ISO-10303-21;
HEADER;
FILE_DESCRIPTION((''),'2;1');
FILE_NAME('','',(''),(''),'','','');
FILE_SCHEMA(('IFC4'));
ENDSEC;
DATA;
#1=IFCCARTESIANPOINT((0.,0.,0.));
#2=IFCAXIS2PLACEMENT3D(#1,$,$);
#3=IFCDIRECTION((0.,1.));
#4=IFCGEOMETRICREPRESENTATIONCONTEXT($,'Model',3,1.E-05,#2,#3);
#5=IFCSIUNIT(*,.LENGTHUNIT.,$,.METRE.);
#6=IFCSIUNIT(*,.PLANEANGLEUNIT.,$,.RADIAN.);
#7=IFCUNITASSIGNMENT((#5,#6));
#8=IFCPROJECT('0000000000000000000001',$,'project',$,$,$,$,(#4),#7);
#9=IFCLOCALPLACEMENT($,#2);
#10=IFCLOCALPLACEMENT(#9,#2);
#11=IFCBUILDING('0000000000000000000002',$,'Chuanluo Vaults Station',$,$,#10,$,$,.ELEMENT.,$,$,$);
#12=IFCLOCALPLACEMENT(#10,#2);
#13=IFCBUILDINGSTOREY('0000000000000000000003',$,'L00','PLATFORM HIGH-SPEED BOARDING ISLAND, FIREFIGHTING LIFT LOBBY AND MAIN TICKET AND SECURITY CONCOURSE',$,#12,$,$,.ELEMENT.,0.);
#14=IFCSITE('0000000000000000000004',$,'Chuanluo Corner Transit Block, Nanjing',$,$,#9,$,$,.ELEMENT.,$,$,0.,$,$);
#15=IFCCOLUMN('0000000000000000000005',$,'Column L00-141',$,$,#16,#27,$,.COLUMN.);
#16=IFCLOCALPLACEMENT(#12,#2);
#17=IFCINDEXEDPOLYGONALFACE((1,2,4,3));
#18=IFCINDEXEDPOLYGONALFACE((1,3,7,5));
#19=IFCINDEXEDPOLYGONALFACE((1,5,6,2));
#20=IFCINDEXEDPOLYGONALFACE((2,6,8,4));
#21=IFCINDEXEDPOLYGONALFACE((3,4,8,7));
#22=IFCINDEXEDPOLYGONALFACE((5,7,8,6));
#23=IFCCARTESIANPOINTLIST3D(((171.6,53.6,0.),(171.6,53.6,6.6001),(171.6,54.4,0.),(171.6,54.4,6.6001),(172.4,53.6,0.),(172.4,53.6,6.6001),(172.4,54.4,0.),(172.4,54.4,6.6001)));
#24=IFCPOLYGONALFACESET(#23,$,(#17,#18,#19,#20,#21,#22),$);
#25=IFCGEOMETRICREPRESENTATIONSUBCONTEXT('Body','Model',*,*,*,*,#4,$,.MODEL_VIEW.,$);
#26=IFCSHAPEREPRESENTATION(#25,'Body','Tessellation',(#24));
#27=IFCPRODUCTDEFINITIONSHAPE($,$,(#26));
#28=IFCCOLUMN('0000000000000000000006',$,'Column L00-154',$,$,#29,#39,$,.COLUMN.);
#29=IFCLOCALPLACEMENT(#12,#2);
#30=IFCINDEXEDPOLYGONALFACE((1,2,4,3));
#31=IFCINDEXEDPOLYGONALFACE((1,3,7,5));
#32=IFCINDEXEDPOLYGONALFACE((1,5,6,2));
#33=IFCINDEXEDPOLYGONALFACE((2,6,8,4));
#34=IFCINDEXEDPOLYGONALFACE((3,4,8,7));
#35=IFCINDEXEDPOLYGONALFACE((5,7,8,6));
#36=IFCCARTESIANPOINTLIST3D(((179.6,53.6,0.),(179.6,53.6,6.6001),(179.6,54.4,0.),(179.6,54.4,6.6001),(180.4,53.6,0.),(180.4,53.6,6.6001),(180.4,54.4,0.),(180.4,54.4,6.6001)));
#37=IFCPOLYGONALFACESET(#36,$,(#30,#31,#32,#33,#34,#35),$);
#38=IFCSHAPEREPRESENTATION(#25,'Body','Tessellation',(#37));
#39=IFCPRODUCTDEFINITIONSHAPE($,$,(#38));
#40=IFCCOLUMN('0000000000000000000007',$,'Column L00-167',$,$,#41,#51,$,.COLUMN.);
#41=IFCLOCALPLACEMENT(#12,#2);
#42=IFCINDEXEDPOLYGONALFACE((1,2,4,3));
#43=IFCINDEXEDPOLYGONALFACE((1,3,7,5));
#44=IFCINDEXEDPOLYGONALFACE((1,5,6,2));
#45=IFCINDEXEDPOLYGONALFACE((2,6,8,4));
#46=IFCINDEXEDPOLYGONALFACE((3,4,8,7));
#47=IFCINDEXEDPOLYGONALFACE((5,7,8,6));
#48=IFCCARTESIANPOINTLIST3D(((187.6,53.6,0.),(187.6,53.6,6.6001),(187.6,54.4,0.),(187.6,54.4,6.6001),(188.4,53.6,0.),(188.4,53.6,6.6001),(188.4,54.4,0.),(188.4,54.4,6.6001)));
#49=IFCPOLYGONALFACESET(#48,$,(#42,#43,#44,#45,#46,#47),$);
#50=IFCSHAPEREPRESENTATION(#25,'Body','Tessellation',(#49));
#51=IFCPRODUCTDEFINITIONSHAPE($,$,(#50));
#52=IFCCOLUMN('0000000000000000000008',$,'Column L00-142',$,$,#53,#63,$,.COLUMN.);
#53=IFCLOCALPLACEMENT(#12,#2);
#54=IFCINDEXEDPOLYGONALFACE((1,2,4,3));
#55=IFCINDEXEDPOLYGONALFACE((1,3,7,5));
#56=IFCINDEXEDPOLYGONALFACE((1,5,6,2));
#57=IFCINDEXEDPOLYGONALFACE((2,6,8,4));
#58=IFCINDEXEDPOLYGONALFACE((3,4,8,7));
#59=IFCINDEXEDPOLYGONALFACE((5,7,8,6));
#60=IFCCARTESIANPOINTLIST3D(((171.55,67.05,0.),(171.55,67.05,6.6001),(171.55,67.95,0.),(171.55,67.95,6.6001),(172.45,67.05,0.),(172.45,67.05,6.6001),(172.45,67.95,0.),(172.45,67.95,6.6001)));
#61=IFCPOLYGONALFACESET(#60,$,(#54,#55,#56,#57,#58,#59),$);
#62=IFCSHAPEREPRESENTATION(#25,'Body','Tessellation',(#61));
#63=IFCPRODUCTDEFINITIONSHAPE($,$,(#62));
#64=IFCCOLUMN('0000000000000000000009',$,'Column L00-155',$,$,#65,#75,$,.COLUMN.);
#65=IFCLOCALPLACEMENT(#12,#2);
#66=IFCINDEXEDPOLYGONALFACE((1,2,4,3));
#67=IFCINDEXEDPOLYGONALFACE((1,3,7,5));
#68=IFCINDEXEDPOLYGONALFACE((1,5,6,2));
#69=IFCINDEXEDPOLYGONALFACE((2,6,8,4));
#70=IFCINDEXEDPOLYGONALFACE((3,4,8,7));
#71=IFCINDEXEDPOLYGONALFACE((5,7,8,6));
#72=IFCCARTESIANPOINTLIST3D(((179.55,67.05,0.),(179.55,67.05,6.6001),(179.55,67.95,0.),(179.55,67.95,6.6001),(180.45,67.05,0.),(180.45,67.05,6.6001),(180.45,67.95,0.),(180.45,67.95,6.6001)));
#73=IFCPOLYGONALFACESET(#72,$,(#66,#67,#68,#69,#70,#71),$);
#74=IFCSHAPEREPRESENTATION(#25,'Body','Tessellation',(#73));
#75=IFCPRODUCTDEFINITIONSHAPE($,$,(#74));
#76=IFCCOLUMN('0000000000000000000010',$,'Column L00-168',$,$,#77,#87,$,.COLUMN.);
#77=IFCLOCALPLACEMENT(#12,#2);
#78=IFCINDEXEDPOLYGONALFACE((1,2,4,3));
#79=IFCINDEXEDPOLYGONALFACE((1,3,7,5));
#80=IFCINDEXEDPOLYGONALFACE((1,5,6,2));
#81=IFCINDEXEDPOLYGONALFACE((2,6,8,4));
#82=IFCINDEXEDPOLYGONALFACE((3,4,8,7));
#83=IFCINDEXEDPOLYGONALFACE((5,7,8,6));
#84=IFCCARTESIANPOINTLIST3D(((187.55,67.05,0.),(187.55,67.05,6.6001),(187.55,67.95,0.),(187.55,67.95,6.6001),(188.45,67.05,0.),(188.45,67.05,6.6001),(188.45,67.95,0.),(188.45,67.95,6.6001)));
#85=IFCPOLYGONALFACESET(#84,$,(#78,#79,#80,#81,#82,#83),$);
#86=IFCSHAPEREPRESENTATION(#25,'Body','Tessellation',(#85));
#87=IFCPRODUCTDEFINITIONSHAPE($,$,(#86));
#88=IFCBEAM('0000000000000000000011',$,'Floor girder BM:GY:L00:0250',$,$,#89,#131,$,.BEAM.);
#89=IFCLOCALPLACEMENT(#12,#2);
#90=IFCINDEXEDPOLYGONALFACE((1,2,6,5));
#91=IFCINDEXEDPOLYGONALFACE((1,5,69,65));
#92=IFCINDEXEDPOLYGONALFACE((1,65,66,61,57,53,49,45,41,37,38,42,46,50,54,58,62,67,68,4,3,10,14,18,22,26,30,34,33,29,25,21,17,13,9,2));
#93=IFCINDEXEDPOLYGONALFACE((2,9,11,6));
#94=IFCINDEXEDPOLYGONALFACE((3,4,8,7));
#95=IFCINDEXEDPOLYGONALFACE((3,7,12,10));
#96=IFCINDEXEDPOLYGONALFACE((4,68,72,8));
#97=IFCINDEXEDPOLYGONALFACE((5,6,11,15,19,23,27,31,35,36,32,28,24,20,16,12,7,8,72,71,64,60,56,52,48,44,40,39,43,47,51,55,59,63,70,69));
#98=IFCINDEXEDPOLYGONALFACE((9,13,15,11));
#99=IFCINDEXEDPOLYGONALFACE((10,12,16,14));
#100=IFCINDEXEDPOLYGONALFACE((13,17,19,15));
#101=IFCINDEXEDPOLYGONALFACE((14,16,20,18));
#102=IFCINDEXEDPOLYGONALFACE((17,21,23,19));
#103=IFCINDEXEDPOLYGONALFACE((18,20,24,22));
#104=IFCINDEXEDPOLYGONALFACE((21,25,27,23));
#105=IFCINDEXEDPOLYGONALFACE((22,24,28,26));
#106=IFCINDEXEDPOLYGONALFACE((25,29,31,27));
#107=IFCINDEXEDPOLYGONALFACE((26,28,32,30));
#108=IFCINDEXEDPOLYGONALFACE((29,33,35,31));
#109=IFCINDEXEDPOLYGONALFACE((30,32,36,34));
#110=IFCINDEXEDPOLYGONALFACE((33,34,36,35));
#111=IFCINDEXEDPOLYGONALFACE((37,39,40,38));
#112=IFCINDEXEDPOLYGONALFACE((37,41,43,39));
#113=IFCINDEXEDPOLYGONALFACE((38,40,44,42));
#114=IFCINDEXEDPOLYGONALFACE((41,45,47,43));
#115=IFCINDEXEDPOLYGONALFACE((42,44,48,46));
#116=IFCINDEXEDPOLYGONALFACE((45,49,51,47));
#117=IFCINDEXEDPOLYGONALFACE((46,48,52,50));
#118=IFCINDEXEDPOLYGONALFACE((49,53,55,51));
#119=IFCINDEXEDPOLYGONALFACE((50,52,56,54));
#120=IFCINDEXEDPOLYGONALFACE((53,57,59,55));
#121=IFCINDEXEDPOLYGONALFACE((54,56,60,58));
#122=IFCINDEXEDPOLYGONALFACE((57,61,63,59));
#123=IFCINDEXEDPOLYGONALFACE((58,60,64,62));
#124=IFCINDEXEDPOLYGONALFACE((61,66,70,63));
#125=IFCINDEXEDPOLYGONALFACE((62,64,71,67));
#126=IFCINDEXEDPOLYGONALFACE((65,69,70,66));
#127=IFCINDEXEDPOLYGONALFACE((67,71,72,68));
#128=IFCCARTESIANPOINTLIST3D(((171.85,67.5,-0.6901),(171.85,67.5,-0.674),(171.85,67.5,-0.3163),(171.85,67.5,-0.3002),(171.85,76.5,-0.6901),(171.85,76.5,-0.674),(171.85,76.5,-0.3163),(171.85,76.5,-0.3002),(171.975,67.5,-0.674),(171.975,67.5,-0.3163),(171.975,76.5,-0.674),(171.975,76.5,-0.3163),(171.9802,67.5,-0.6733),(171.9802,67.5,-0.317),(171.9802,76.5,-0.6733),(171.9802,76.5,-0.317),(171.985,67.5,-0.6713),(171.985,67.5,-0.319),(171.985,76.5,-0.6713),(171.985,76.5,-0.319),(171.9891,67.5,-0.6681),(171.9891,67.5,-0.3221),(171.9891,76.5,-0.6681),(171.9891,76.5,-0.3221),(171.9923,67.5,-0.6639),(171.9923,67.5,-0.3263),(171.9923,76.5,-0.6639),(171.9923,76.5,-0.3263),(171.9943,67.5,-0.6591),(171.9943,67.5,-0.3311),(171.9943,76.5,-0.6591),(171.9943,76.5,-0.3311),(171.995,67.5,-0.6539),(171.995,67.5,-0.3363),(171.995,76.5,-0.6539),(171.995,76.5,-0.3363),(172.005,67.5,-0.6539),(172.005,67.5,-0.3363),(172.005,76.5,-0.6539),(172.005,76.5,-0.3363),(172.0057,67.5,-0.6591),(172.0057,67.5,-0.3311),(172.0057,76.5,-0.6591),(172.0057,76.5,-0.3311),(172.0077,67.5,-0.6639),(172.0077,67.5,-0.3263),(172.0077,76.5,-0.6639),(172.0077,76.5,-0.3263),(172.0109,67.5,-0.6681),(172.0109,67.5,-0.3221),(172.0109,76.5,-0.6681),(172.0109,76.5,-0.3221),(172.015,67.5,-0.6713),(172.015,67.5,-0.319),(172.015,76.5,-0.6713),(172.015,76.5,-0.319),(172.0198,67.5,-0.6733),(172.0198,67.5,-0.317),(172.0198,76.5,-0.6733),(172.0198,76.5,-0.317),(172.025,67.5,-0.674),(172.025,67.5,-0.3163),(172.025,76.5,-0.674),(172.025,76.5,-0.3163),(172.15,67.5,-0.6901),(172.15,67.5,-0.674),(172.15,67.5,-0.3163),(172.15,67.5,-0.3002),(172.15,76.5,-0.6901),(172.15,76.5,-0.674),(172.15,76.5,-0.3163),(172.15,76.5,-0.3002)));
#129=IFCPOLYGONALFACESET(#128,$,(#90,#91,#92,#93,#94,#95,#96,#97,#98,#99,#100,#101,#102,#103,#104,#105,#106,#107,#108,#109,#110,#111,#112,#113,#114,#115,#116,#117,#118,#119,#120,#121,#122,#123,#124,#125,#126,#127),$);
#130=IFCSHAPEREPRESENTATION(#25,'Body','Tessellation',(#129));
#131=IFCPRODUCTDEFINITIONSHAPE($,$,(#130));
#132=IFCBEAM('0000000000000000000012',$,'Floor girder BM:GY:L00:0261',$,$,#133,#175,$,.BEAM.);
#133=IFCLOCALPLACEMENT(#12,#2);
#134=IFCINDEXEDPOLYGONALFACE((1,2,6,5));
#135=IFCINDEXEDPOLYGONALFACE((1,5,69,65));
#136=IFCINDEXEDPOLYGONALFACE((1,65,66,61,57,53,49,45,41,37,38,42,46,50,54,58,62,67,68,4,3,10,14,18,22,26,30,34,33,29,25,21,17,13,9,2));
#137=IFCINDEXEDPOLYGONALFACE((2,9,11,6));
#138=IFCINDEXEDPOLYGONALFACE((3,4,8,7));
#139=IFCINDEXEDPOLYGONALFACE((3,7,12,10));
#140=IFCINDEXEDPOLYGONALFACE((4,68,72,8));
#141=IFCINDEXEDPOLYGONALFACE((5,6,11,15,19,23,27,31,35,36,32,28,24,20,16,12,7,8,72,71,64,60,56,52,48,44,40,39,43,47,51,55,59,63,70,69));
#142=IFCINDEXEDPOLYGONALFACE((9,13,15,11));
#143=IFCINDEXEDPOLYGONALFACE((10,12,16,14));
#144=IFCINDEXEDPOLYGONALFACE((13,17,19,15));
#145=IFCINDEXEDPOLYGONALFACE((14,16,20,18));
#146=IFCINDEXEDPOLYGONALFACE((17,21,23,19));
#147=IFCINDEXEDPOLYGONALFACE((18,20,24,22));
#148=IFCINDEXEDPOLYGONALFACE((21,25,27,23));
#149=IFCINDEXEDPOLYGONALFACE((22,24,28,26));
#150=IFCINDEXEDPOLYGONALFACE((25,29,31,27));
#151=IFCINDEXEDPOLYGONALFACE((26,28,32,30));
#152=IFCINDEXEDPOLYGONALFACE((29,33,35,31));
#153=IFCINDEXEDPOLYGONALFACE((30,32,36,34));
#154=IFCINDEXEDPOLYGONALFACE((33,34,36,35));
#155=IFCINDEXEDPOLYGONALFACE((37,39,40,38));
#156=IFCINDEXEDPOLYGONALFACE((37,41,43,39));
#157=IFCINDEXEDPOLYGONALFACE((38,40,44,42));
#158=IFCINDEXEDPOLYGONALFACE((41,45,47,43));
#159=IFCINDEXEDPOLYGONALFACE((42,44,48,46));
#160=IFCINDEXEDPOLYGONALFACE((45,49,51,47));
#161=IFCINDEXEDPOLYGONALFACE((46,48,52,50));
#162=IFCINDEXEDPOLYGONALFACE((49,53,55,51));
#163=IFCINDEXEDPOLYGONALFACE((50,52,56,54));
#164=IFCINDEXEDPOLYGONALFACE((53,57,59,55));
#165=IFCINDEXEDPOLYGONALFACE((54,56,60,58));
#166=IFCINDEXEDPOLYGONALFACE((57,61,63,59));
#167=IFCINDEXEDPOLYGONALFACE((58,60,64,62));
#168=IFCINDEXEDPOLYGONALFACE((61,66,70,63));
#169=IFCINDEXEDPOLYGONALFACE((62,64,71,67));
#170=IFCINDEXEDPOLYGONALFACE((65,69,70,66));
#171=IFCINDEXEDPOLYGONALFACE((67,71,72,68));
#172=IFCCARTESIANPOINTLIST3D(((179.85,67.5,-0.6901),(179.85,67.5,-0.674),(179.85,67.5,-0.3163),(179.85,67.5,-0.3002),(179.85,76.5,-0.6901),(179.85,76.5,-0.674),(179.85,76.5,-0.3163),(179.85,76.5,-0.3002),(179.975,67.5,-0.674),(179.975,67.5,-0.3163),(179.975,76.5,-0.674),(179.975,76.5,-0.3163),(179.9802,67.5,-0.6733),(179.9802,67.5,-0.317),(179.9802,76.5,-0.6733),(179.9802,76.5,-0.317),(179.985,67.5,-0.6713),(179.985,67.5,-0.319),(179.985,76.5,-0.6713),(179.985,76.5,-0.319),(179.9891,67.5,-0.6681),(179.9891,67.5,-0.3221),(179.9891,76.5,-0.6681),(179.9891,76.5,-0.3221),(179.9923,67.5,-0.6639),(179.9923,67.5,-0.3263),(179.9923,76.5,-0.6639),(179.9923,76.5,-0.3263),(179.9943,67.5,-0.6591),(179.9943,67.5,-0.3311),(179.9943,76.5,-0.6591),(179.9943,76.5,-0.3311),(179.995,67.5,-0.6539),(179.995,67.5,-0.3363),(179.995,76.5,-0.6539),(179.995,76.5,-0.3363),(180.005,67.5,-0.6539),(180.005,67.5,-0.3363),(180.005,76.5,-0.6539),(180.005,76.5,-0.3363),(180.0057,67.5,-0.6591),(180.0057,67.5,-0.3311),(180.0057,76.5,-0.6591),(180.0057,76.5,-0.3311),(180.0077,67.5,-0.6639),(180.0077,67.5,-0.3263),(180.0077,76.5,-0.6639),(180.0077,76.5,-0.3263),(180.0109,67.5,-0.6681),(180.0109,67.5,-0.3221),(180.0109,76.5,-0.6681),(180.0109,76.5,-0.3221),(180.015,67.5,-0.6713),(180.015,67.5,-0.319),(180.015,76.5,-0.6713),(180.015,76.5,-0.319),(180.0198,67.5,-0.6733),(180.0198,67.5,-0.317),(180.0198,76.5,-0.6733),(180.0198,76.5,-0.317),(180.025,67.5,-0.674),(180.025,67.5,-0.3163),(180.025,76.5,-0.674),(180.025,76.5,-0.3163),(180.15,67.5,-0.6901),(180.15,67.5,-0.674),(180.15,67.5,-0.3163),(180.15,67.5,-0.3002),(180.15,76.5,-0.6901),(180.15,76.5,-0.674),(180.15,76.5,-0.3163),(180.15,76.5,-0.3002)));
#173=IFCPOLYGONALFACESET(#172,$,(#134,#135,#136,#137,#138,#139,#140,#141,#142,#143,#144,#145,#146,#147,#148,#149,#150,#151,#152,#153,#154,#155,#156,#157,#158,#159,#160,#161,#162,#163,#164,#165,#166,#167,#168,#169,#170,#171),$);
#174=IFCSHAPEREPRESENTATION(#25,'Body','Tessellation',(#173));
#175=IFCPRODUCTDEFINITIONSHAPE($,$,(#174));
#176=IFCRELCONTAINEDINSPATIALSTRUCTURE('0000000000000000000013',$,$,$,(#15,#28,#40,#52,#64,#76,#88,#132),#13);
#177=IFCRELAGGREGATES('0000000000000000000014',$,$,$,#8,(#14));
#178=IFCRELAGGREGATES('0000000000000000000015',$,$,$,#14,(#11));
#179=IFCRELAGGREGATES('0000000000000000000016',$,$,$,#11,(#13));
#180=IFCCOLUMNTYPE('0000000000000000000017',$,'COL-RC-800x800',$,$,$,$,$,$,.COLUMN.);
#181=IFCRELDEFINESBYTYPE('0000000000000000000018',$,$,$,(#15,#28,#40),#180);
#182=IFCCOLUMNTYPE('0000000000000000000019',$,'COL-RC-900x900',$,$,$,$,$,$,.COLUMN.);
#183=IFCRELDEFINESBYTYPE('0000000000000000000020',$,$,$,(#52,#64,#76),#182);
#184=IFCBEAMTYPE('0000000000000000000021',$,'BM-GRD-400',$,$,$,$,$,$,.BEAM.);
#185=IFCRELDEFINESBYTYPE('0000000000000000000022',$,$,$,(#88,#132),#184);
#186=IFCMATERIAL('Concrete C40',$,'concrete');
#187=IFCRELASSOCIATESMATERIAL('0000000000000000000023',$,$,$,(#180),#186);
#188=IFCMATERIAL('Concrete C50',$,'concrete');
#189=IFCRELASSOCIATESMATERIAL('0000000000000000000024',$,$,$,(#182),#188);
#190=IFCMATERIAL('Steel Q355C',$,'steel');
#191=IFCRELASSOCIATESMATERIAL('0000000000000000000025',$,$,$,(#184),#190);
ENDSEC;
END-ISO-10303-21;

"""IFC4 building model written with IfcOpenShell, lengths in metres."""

from ifc_helpers import new_model, si_unit, direction, frame, origin, origin_2d, place, context, subcontext, project, spatial, rectangle, i_section, extrude, material, material_profile, profile_set, type_object, element, save


model = new_model("IFC4")

# Units and contexts
model_context = context("Model", 3, precision=1e-05, world=origin(), true_north=direction((0.0, 1.0)))
body_context = subcontext(model_context, "Body", "Model", "MODEL_VIEW")
ifc_project = project(units=[si_unit("LENGTHUNIT", "METRE"), si_unit("PLANEANGLEUNIT", "RADIAN")], contexts=[model_context])

# Site, building, storey
site_placement = place(None, origin())
site = spatial("IfcSite", under=ifc_project, at=site_placement, Name="Chuanluo Corner Transit Block, Nanjing", CompositionType="ELEMENT", RefElevation=0.0)
building_placement = place(site_placement, origin())
building = spatial("IfcBuilding", under=site, at=building_placement, Name="Chuanluo Vaults Station", CompositionType="ELEMENT")
storey_placement = place(building_placement, origin())
storey = spatial("IfcBuildingStorey", under=building, at=storey_placement, Name="L00", Description="PLATFORM HIGH-SPEED BOARDING ISLAND, FIREFIGHTING LIFT LOBBY AND MAIN TICKET AND SECURITY CONCOURSE", CompositionType="ELEMENT", Elevation=0.0)

# Columns
ifc_material_1 = material(Name="Concrete C40", Category="concrete")
ifc_material_profile_1 = material_profile(ifc_material_1, rectangle(XDim=0.8, YDim=0.8, at=origin_2d()))
ifc_profile_set_1 = profile_set([ifc_material_profile_1], Name="Concrete C40")
column_type_1 = type_object("IfcColumnType", Name="COL-RC-800x800", PredefinedType="COLUMN", material=ifc_profile_set_1)
for number, where, z_axis, x_axis, name in (
    (1, (172.0, 54.0, 0.0), (0.0, 0.0, 1.0), (1.0, 0.0, 0.0), "Column L00-141"),
    (2, (180.0, 54.0, 0.0), (0.0, 0.0, 1.0), (1.0, 0.0, 0.0), "Column L00-154"),
    (3, (188.0, 54.0, 0.0), (0.0, 0.0, 1.0), (1.0, 0.0, 0.0), "Column L00-167"),
):
    element("IfcColumn", number, at=place(storey_placement, frame(where, z_axis=z_axis, x_axis=x_axis)), inside=storey, type_object=column_type_1, Name=name, PredefinedType="COLUMN", context=body_context, shape_type="SweptSolid", body=[
        extrude(rectangle(XDim=0.8, YDim=0.8, at=origin_2d()), origin(), (0.0, 0.0, 1.0), 6.6001),
    ])
ifc_material_2 = material(Name="Concrete C50", Category="concrete")
ifc_material_profile_2 = material_profile(ifc_material_2, rectangle(XDim=0.8999, YDim=0.8999, at=origin_2d()))
ifc_profile_set_2 = profile_set([ifc_material_profile_2], Name="Concrete C50")
column_type_2 = type_object("IfcColumnType", Name="COL-RC-900x900", PredefinedType="COLUMN", material=ifc_profile_set_2)
for number, where, z_axis, x_axis, name in (
    (4, (172.0, 67.5, 0.0), (0.0, 0.0, 1.0), (1.0, 0.0, 0.0), "Column L00-142"),
    (5, (180.0, 67.5, 0.0), (0.0, 0.0, 1.0), (1.0, 0.0, 0.0), "Column L00-155"),
    (6, (188.0, 67.5, 0.0), (0.0, 0.0, 1.0), (1.0, 0.0, 0.0), "Column L00-168"),
):
    element("IfcColumn", number, at=place(storey_placement, frame(where, z_axis=z_axis, x_axis=x_axis)), inside=storey, type_object=column_type_2, Name=name, PredefinedType="COLUMN", context=body_context, shape_type="SweptSolid", body=[
        extrude(rectangle(XDim=0.8999, YDim=0.8999, at=origin_2d()), origin(), (0.0, 0.0, 1.0), 6.6001),
    ])

# Beams
ifc_material_3 = material(Name="Steel Q355C", Category="steel")
ifc_material_profile_3 = material_profile(ifc_material_3, i_section(OverallWidth=0.3, OverallDepth=0.3899, WebThickness=0.01, FlangeThickness=0.0161, FilletRadius=0.02, at=origin_2d()))
ifc_profile_set_3 = profile_set([ifc_material_profile_3], Name="Steel Q355C")
beam_type_1 = type_object("IfcBeamType", Name="BM-GRD-400", PredefinedType="BEAM", material=ifc_profile_set_3)
for number, where, z_axis, x_axis, name in (
    (7, (172.0, 67.5, -0.4951), (0.0, 1.0, 0.0), (-1.0, 0.0, 0.0), "Floor girder BM:GY:L00:0250"),
    (8, (180.0, 67.5, -0.4951), (0.0, 1.0, 0.0), (-1.0, 0.0, 0.0), "Floor girder BM:GY:L00:0261"),
):
    element("IfcBeam", number, at=place(storey_placement, frame(where, z_axis=z_axis, x_axis=x_axis)), inside=storey, type_object=beam_type_1, Name=name, PredefinedType="BEAM", context=body_context, shape_type="SweptSolid", body=[
        extrude(i_section(OverallWidth=0.3, OverallDepth=0.3899, WebThickness=0.01, FlangeThickness=0.0161, FilletRadius=0.02, at=origin_2d()), origin(), (0.0, 0.0, 1.0), 9.0),
    ])

save(model, "model.ifc")
